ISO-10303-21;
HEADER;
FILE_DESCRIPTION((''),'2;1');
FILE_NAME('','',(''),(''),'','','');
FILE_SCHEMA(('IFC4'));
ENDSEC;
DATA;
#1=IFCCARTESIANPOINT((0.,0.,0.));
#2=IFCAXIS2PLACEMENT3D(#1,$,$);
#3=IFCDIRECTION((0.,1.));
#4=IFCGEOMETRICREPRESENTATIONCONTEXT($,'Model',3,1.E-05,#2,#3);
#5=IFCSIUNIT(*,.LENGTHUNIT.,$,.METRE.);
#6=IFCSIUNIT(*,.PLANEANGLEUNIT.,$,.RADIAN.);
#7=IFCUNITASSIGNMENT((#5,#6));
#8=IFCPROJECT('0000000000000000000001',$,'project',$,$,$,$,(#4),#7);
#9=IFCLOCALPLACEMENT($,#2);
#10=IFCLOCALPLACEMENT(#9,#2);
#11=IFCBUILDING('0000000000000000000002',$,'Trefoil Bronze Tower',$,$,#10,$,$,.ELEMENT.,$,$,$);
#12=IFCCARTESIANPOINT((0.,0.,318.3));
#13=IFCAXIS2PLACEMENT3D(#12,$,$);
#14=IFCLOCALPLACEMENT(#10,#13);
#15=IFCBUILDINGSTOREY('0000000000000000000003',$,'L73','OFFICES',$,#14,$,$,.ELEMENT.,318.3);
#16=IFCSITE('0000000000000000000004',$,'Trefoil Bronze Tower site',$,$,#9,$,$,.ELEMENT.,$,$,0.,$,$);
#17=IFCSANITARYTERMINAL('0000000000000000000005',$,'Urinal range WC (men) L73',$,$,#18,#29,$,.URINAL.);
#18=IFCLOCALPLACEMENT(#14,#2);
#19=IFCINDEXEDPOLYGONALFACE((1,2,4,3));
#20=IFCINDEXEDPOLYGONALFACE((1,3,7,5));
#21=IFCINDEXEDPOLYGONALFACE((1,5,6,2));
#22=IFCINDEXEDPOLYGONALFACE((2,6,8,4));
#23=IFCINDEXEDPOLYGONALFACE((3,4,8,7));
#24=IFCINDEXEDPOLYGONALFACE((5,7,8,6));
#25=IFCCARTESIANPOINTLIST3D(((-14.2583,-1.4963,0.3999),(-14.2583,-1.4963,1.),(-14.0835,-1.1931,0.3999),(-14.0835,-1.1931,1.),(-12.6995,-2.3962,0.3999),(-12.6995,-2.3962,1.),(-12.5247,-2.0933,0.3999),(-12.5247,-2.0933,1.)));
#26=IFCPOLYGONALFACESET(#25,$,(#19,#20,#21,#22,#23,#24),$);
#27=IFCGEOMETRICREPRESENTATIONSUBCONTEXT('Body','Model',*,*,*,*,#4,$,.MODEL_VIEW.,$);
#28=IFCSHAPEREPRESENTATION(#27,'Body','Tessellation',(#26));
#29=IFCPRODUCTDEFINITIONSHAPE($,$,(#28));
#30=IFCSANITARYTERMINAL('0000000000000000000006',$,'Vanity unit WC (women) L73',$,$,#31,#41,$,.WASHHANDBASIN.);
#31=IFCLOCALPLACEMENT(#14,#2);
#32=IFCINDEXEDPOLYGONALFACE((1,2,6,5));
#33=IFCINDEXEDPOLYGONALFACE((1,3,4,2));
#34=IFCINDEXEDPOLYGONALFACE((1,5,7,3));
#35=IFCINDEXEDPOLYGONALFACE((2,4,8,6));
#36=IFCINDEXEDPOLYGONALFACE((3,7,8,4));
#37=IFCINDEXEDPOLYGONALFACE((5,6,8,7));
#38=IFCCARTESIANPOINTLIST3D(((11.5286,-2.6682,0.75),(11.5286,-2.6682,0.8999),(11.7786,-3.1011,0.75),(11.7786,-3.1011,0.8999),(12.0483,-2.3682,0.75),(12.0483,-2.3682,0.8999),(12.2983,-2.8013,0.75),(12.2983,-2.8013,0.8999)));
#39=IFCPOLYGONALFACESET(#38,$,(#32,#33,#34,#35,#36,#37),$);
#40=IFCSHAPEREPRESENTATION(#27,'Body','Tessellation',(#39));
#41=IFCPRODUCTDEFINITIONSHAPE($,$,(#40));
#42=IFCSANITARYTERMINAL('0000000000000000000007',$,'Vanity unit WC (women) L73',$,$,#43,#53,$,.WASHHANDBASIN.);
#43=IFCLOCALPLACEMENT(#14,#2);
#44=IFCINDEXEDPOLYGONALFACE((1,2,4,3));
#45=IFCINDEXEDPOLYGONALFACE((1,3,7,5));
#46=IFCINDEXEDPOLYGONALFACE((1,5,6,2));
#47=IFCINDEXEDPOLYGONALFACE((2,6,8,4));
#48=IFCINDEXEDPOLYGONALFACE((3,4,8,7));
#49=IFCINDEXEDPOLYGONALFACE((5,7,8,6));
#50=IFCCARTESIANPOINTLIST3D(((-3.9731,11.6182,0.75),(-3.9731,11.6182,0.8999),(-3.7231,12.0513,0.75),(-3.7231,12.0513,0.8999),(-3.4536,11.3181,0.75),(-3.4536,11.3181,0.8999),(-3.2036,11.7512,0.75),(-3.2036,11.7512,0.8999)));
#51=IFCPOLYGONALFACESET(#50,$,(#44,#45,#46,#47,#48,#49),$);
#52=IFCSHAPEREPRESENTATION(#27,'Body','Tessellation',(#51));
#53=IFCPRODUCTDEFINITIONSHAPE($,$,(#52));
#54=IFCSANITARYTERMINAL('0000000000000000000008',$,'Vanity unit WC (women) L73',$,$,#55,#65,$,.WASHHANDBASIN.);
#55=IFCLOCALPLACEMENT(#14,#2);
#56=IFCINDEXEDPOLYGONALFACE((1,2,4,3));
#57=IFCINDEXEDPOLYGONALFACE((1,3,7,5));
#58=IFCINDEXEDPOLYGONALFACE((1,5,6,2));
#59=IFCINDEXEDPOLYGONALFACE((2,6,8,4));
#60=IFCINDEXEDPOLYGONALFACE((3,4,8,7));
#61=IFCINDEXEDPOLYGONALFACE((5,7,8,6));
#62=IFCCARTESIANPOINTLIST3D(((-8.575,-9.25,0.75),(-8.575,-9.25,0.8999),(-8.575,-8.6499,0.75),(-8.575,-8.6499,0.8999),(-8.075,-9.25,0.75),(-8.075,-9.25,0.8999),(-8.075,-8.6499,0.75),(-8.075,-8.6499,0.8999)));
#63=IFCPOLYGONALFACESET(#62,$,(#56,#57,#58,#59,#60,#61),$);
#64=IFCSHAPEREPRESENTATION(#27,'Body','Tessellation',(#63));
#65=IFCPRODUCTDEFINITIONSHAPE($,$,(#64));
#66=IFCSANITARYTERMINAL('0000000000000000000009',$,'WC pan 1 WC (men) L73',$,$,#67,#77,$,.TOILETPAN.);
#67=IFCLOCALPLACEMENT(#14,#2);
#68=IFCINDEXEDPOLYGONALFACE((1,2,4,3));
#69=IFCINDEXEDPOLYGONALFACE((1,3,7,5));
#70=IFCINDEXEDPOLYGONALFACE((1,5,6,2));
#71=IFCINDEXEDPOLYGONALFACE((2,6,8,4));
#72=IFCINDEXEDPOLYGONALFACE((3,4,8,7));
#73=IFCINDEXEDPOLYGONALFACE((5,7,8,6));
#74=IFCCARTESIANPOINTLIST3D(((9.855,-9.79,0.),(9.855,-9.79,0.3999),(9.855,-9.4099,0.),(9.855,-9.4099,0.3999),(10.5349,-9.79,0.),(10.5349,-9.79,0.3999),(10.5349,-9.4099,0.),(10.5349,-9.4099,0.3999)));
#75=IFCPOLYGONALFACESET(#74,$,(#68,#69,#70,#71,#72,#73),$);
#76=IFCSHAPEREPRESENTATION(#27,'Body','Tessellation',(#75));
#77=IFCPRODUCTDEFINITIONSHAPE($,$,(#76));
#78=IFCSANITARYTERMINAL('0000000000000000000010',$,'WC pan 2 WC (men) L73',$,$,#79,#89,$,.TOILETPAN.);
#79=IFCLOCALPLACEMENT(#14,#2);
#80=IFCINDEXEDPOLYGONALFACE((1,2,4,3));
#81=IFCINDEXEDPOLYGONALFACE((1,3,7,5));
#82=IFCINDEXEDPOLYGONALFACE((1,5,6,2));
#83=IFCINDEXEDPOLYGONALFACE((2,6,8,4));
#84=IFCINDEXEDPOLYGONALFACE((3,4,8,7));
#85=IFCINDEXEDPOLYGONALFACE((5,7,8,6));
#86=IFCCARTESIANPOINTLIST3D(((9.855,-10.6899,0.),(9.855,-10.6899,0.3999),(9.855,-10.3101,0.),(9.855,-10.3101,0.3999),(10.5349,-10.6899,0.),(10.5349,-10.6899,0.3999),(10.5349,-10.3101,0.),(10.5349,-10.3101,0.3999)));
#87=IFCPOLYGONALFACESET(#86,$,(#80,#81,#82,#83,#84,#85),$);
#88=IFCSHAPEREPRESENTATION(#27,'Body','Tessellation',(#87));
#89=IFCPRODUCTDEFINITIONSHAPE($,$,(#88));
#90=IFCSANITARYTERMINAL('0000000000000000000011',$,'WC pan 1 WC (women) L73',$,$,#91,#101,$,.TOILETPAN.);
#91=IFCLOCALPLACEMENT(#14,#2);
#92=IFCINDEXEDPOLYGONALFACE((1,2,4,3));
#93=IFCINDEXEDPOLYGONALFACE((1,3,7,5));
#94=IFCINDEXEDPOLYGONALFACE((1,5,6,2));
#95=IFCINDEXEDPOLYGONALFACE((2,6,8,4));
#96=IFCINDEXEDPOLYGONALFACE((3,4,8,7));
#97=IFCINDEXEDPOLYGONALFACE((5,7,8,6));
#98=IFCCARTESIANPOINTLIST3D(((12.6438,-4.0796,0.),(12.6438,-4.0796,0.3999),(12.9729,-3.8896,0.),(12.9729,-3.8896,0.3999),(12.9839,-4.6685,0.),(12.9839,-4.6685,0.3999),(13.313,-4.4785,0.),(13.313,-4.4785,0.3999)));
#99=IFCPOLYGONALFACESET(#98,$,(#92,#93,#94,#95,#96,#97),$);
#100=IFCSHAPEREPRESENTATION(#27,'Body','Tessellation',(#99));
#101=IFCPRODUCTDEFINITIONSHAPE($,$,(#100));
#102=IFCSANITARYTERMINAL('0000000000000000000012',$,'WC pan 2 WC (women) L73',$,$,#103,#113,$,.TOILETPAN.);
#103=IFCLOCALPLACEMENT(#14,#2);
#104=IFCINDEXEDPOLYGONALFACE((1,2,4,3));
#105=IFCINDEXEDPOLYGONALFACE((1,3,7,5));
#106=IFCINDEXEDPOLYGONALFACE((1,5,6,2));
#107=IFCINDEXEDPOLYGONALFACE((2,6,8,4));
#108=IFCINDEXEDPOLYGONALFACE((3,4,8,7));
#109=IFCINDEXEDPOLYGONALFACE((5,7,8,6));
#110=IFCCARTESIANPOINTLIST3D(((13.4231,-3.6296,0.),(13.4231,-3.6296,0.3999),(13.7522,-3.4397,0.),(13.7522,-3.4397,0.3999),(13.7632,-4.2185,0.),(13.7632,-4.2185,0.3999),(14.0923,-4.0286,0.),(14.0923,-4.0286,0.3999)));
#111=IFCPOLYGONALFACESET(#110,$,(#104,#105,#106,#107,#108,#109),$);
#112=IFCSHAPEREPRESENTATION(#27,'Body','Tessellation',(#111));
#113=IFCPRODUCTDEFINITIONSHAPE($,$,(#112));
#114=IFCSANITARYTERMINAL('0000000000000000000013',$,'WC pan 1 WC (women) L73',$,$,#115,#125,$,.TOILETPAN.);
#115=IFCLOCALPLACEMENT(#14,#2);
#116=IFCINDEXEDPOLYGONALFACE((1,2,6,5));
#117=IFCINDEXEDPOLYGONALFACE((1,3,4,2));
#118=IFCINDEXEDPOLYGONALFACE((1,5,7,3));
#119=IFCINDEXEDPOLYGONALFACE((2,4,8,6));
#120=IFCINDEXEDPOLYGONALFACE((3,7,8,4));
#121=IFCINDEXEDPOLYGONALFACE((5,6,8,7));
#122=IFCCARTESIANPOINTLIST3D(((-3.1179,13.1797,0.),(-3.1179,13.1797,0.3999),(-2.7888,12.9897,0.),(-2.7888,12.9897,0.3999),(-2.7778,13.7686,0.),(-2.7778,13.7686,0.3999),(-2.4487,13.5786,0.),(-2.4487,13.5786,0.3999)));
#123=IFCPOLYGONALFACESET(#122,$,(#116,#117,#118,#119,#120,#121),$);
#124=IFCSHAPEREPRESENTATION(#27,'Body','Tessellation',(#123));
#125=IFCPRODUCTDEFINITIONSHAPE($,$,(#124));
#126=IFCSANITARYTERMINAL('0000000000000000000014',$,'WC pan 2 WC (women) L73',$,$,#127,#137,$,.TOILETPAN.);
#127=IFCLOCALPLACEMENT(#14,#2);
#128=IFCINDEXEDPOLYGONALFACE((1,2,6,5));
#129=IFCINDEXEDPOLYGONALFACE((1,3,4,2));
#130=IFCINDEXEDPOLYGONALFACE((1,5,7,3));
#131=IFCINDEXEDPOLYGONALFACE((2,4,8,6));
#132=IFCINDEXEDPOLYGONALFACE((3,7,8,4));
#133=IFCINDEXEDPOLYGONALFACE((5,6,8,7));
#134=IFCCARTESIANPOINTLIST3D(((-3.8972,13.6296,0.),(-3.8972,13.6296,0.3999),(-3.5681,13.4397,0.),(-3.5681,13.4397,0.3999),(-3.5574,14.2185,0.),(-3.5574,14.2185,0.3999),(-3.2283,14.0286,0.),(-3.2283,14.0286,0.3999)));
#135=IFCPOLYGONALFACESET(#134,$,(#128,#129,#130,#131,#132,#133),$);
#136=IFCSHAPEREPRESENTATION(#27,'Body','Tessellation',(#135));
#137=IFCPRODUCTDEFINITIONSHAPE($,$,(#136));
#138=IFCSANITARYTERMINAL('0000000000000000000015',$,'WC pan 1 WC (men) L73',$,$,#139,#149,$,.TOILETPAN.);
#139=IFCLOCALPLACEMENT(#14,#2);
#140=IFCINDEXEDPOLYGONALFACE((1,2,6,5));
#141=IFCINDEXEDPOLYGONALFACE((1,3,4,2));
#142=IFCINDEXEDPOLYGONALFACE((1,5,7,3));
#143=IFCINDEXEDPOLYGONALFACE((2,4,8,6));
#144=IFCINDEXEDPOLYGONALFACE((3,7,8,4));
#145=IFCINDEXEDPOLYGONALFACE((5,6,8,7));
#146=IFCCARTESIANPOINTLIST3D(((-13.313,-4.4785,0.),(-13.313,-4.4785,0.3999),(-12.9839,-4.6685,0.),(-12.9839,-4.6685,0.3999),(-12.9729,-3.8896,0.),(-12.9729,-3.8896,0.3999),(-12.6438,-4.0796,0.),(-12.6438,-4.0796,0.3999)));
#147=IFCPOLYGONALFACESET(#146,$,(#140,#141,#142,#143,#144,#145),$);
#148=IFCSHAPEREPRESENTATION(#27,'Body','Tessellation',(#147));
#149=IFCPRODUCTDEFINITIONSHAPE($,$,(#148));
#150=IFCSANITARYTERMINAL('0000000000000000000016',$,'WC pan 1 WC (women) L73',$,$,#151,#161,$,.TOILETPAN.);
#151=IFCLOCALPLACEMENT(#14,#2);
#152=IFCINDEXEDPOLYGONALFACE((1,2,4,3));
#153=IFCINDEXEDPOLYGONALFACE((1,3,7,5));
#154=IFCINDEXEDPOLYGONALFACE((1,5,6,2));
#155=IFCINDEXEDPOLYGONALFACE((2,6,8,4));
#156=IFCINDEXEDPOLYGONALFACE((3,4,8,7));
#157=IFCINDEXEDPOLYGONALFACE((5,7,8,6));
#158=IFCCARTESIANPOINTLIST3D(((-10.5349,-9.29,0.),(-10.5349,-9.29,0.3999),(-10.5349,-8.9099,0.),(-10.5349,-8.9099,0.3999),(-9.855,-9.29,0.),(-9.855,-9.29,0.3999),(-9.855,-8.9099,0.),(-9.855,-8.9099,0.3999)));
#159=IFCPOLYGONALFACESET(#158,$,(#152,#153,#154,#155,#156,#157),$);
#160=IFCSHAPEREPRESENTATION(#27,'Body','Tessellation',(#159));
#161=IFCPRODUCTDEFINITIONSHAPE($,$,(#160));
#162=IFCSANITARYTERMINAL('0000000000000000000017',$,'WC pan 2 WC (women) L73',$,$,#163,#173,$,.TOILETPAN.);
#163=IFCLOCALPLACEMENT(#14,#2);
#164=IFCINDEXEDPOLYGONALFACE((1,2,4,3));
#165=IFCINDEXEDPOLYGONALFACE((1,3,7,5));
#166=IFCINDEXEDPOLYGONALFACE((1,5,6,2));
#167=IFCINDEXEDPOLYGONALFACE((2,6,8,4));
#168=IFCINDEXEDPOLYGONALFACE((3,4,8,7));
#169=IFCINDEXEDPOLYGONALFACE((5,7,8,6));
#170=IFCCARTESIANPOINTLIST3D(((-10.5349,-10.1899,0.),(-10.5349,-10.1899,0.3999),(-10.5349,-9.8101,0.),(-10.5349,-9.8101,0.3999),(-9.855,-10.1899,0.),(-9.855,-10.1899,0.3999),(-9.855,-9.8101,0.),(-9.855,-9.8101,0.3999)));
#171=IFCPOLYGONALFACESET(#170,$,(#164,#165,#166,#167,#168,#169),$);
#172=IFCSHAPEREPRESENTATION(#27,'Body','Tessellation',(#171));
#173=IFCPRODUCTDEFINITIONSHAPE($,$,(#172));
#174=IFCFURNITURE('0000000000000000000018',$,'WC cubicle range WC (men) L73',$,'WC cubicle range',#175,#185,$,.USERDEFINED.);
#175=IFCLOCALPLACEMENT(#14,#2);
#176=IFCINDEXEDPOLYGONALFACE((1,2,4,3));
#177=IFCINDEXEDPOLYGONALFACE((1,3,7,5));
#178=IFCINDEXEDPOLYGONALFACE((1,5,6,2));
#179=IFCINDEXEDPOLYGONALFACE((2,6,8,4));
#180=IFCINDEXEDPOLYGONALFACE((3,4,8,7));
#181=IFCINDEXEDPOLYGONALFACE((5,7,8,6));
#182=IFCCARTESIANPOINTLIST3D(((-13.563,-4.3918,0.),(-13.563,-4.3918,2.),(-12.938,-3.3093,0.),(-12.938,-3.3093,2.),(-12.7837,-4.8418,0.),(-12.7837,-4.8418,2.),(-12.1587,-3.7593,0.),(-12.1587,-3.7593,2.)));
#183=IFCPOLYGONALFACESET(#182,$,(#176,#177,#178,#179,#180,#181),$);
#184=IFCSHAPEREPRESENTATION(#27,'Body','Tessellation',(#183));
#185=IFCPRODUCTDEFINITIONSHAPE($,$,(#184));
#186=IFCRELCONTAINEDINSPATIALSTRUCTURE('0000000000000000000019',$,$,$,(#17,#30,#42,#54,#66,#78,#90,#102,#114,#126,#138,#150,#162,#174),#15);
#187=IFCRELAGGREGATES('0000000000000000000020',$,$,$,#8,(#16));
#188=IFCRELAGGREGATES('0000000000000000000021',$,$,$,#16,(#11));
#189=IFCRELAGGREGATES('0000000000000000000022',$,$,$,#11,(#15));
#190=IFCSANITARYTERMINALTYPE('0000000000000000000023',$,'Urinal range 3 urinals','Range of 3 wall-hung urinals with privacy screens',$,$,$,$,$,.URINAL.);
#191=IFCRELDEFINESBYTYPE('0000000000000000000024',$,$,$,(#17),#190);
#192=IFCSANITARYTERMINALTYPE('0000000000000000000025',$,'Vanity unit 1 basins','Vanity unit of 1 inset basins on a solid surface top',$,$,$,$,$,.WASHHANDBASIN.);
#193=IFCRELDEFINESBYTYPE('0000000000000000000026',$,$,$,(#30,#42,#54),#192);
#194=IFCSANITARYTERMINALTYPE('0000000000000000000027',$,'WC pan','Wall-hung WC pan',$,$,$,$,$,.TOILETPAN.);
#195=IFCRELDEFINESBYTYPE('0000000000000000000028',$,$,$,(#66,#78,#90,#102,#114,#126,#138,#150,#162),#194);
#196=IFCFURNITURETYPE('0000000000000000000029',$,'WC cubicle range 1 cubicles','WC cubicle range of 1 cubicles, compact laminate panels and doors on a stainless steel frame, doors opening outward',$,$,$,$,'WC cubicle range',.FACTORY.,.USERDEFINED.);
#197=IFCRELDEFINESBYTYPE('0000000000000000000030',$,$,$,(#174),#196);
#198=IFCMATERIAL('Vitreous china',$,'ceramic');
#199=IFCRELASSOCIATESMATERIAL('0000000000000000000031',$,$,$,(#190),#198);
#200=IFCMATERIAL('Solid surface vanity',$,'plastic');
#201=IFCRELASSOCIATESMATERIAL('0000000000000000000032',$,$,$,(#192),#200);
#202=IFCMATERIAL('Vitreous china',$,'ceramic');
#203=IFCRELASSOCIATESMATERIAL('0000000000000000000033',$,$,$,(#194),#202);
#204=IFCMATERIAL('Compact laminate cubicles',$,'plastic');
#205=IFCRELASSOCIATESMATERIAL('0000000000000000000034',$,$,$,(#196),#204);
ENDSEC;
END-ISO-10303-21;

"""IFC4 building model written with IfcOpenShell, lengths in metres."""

from ifc_helpers import new_model, si_unit, direction, frame, origin, place, context, subcontext, project, spatial, polyline, outline, extrude, material, type_object, element, save


model = new_model("IFC4")

# Units and contexts
model_context = context("Model", 3, precision=1e-05, world=origin(), true_north=direction((0.0, 1.0)))
body_context = subcontext(model_context, "Body", "Model", "MODEL_VIEW")
ifc_project = project(units=[si_unit("LENGTHUNIT", "METRE"), si_unit("PLANEANGLEUNIT", "RADIAN")], contexts=[model_context])

# Site, building, storey
site_placement = place(None, origin())
site = spatial("IfcSite", under=ifc_project, at=site_placement, Name="Trefoil Bronze Tower site", CompositionType="ELEMENT", RefElevation=0.0)
building_placement = place(site_placement, origin())
building = spatial("IfcBuilding", under=site, at=building_placement, Name="Trefoil Bronze Tower", CompositionType="ELEMENT")
storey_placement = place(building_placement, frame((0.0, 0.0, 318.3)))
storey = spatial("IfcBuildingStorey", under=building, at=storey_placement, Name="L73", Description="OFFICES", CompositionType="ELEMENT", Elevation=318.3)

# Sanitary terminals
ifc_material_1 = material(Name="Vitreous china", Category="ceramic")
sanitary_terminal_type_1 = type_object("IfcSanitaryTerminalType", Name="Urinal range 3 urinals", Description="Range of 3 wall-hung urinals with privacy screens", PredefinedType="URINAL", material=ifc_material_1)
sanitary_terminal_1_placement = place(storey_placement, frame((0.0, 0.0, 0.3999)))
element("IfcSanitaryTerminal", 1, at=sanitary_terminal_1_placement, inside=storey, type_object=sanitary_terminal_type_1, Name="Urinal range WC (men) L73", PredefinedType="URINAL", context=body_context, shape_type="SweptSolid", body=[
    extrude(outline(polyline([(-12.5247, -2.0933), (-12.6995, -2.3962), (-14.2583, -1.4963), (-14.0835, -1.1931), (-12.5247, -2.0933)])), origin(), (0.0, 0.0, 1.0), 0.6001),
])
ifc_material_2 = material(Name="Solid surface vanity", Category="plastic")
sanitary_terminal_type_2 = type_object("IfcSanitaryTerminalType", Name="Vanity unit 1 basins", Description="Vanity unit of 1 inset basins on a solid surface top", PredefinedType="WASHHANDBASIN", material=ifc_material_2)
sanitary_terminal_2_placement = place(storey_placement, frame((0.0, 0.0, 0.75)))
element("IfcSanitaryTerminal", 2, at=sanitary_terminal_2_placement, inside=storey, type_object=sanitary_terminal_type_2, Name="Vanity unit WC (women) L73", PredefinedType="WASHHANDBASIN", context=body_context, shape_type="SweptSolid", body=[
    extrude(outline(polyline([(11.5286, -2.6682), (11.7786, -3.1011), (12.2983, -2.8013), (12.0483, -2.3682), (11.5286, -2.6682)])), origin(), (0.0, 0.0, 1.0), 0.1499),
])
sanitary_terminal_3_placement = place(storey_placement, frame((0.0, 0.0, 0.75)))
element("IfcSanitaryTerminal", 3, at=sanitary_terminal_3_placement, inside=storey, type_object=sanitary_terminal_type_2, Name="Vanity unit WC (women) L73", PredefinedType="WASHHANDBASIN", context=body_context, shape_type="SweptSolid", body=[
    extrude(outline(polyline([(-3.4536, 11.3181), (-3.2036, 11.7512), (-3.7231, 12.0513), (-3.9731, 11.6182), (-3.4536, 11.3181)])), origin(), (0.0, 0.0, 1.0), 0.1499),
])
sanitary_terminal_4_placement = place(storey_placement, frame((0.0, 0.0, 0.75)))
element("IfcSanitaryTerminal", 4, at=sanitary_terminal_4_placement, inside=storey, type_object=sanitary_terminal_type_2, Name="Vanity unit WC (women) L73", PredefinedType="WASHHANDBASIN", context=body_context, shape_type="SweptSolid", body=[
    extrude(outline(polyline([(-8.075, -8.6499), (-8.575, -8.6499), (-8.575, -9.25), (-8.075, -9.25), (-8.075, -8.6499)])), origin(), (0.0, 0.0, 1.0), 0.1499),
])
ifc_material_3 = material(Name="Vitreous china", Category="ceramic")
sanitary_terminal_type_3 = type_object("IfcSanitaryTerminalType", Name="WC pan", Description="Wall-hung WC pan", PredefinedType="TOILETPAN", material=ifc_material_3)
sanitary_terminal_5_placement = place(storey_placement, origin())
element("IfcSanitaryTerminal", 5, at=sanitary_terminal_5_placement, inside=storey, type_object=sanitary_terminal_type_3, Name="WC pan 1 WC (men) L73", PredefinedType="TOILETPAN", context=body_context, shape_type="SweptSolid", body=[
    extrude(outline(polyline([(9.855, -9.4099), (10.5349, -9.4099), (10.5349, -9.79), (9.855, -9.79), (9.855, -9.4099)])), origin(), (0.0, 0.0, 1.0), 0.3999),
])
sanitary_terminal_6_placement = place(storey_placement, origin())
element("IfcSanitaryTerminal", 6, at=sanitary_terminal_6_placement, inside=storey, type_object=sanitary_terminal_type_3, Name="WC pan 2 WC (men) L73", PredefinedType="TOILETPAN", context=body_context, shape_type="SweptSolid", body=[
    extrude(outline(polyline([(9.855, -10.3101), (10.5349, -10.3101), (10.5349, -10.6899), (9.855, -10.6899), (9.855, -10.3101)])), origin(), (0.0, 0.0, 1.0), 0.3999),
])
sanitary_terminal_7_placement = place(storey_placement, origin())
element("IfcSanitaryTerminal", 7, at=sanitary_terminal_7_placement, inside=storey, type_object=sanitary_terminal_type_3, Name="WC pan 1 WC (women) L73", PredefinedType="TOILETPAN", context=body_context, shape_type="SweptSolid", body=[
    extrude(outline(polyline([(12.6438, -4.0796), (12.9839, -4.6685), (13.313, -4.4785), (12.9729, -3.8896), (12.6438, -4.0796)])), origin(), (0.0, 0.0, 1.0), 0.3999),
])
sanitary_terminal_8_placement = place(storey_placement, origin())
element("IfcSanitaryTerminal", 8, at=sanitary_terminal_8_placement, inside=storey, type_object=sanitary_terminal_type_3, Name="WC pan 2 WC (women) L73", PredefinedType="TOILETPAN", context=body_context, shape_type="SweptSolid", body=[
    extrude(outline(polyline([(13.4231, -3.6296), (13.7632, -4.2185), (14.0923, -4.0286), (13.7522, -3.4397), (13.4231, -3.6296)])), origin(), (0.0, 0.0, 1.0), 0.3999),
])
sanitary_terminal_9_placement = place(storey_placement, origin())
element("IfcSanitaryTerminal", 9, at=sanitary_terminal_9_placement, inside=storey, type_object=sanitary_terminal_type_3, Name="WC pan 1 WC (women) L73", PredefinedType="TOILETPAN", context=body_context, shape_type="SweptSolid", body=[
    extrude(outline(polyline([(-2.7888, 12.9897), (-2.4487, 13.5786), (-2.7778, 13.7686), (-3.1179, 13.1797), (-2.7888, 12.9897)])), origin(), (0.0, 0.0, 1.0), 0.3999),
])
sanitary_terminal_10_placement = place(storey_placement, origin())
element("IfcSanitaryTerminal", 10, at=sanitary_terminal_10_placement, inside=storey, type_object=sanitary_terminal_type_3, Name="WC pan 2 WC (women) L73", PredefinedType="TOILETPAN", context=body_context, shape_type="SweptSolid", body=[
    extrude(outline(polyline([(-3.5681, 13.4397), (-3.2283, 14.0286), (-3.5574, 14.2185), (-3.8972, 13.6296), (-3.5681, 13.4397)])), origin(), (0.0, 0.0, 1.0), 0.3999),
])
sanitary_terminal_11_placement = place(storey_placement, origin())
element("IfcSanitaryTerminal", 11, at=sanitary_terminal_11_placement, inside=storey, type_object=sanitary_terminal_type_3, Name="WC pan 1 WC (men) L73", PredefinedType="TOILETPAN", context=body_context, shape_type="SweptSolid", body=[
    extrude(outline(polyline([(-12.6438, -4.0796), (-12.9839, -4.6685), (-13.313, -4.4785), (-12.9729, -3.8896), (-12.6438, -4.0796)])), origin(), (0.0, 0.0, 1.0), 0.3999),
])
sanitary_terminal_12_placement = place(storey_placement, origin())
element("IfcSanitaryTerminal", 12, at=sanitary_terminal_12_placement, inside=storey, type_object=sanitary_terminal_type_3, Name="WC pan 1 WC (women) L73", PredefinedType="TOILETPAN", context=body_context, shape_type="SweptSolid", body=[
    extrude(outline(polyline([(-9.855, -8.9099), (-10.5349, -8.9099), (-10.5349, -9.29), (-9.855, -9.29), (-9.855, -8.9099)])), origin(), (0.0, 0.0, 1.0), 0.3999),
])
sanitary_terminal_13_placement = place(storey_placement, origin())
element("IfcSanitaryTerminal", 13, at=sanitary_terminal_13_placement, inside=storey, type_object=sanitary_terminal_type_3, Name="WC pan 2 WC (women) L73", PredefinedType="TOILETPAN", context=body_context, shape_type="SweptSolid", body=[
    extrude(outline(polyline([(-9.855, -9.8101), (-10.5349, -9.8101), (-10.5349, -10.1899), (-9.855, -10.1899), (-9.855, -9.8101)])), origin(), (0.0, 0.0, 1.0), 0.3999),
])

# Furniture
ifc_material_4 = material(Name="Compact laminate cubicles", Category="plastic")
furniture_type_1 = type_object("IfcFurnitureType", Name="WC cubicle range 1 cubicles", Description="WC cubicle range of 1 cubicles, compact laminate panels and doors on a stainless steel frame, doors opening outward", ElementType="WC cubicle range", AssemblyPlace="FACTORY", PredefinedType="USERDEFINED", material=ifc_material_4)
furniture_1_placement = place(storey_placement, origin())
element("IfcFurniture", 14, at=furniture_1_placement, inside=storey, type_object=furniture_type_1, Name="WC cubicle range WC (men) L73", ObjectType="WC cubicle range", PredefinedType="USERDEFINED", context=body_context, shape_type="SweptSolid", body=[
    extrude(outline(polyline([(-12.1587, -3.7593), (-12.7837, -4.8418), (-13.563, -4.3918), (-12.938, -3.3093), (-12.1587, -3.7593)])), origin(), (0.0, 0.0, 1.0), 2.0),
])

save(model, "model.ifc")
